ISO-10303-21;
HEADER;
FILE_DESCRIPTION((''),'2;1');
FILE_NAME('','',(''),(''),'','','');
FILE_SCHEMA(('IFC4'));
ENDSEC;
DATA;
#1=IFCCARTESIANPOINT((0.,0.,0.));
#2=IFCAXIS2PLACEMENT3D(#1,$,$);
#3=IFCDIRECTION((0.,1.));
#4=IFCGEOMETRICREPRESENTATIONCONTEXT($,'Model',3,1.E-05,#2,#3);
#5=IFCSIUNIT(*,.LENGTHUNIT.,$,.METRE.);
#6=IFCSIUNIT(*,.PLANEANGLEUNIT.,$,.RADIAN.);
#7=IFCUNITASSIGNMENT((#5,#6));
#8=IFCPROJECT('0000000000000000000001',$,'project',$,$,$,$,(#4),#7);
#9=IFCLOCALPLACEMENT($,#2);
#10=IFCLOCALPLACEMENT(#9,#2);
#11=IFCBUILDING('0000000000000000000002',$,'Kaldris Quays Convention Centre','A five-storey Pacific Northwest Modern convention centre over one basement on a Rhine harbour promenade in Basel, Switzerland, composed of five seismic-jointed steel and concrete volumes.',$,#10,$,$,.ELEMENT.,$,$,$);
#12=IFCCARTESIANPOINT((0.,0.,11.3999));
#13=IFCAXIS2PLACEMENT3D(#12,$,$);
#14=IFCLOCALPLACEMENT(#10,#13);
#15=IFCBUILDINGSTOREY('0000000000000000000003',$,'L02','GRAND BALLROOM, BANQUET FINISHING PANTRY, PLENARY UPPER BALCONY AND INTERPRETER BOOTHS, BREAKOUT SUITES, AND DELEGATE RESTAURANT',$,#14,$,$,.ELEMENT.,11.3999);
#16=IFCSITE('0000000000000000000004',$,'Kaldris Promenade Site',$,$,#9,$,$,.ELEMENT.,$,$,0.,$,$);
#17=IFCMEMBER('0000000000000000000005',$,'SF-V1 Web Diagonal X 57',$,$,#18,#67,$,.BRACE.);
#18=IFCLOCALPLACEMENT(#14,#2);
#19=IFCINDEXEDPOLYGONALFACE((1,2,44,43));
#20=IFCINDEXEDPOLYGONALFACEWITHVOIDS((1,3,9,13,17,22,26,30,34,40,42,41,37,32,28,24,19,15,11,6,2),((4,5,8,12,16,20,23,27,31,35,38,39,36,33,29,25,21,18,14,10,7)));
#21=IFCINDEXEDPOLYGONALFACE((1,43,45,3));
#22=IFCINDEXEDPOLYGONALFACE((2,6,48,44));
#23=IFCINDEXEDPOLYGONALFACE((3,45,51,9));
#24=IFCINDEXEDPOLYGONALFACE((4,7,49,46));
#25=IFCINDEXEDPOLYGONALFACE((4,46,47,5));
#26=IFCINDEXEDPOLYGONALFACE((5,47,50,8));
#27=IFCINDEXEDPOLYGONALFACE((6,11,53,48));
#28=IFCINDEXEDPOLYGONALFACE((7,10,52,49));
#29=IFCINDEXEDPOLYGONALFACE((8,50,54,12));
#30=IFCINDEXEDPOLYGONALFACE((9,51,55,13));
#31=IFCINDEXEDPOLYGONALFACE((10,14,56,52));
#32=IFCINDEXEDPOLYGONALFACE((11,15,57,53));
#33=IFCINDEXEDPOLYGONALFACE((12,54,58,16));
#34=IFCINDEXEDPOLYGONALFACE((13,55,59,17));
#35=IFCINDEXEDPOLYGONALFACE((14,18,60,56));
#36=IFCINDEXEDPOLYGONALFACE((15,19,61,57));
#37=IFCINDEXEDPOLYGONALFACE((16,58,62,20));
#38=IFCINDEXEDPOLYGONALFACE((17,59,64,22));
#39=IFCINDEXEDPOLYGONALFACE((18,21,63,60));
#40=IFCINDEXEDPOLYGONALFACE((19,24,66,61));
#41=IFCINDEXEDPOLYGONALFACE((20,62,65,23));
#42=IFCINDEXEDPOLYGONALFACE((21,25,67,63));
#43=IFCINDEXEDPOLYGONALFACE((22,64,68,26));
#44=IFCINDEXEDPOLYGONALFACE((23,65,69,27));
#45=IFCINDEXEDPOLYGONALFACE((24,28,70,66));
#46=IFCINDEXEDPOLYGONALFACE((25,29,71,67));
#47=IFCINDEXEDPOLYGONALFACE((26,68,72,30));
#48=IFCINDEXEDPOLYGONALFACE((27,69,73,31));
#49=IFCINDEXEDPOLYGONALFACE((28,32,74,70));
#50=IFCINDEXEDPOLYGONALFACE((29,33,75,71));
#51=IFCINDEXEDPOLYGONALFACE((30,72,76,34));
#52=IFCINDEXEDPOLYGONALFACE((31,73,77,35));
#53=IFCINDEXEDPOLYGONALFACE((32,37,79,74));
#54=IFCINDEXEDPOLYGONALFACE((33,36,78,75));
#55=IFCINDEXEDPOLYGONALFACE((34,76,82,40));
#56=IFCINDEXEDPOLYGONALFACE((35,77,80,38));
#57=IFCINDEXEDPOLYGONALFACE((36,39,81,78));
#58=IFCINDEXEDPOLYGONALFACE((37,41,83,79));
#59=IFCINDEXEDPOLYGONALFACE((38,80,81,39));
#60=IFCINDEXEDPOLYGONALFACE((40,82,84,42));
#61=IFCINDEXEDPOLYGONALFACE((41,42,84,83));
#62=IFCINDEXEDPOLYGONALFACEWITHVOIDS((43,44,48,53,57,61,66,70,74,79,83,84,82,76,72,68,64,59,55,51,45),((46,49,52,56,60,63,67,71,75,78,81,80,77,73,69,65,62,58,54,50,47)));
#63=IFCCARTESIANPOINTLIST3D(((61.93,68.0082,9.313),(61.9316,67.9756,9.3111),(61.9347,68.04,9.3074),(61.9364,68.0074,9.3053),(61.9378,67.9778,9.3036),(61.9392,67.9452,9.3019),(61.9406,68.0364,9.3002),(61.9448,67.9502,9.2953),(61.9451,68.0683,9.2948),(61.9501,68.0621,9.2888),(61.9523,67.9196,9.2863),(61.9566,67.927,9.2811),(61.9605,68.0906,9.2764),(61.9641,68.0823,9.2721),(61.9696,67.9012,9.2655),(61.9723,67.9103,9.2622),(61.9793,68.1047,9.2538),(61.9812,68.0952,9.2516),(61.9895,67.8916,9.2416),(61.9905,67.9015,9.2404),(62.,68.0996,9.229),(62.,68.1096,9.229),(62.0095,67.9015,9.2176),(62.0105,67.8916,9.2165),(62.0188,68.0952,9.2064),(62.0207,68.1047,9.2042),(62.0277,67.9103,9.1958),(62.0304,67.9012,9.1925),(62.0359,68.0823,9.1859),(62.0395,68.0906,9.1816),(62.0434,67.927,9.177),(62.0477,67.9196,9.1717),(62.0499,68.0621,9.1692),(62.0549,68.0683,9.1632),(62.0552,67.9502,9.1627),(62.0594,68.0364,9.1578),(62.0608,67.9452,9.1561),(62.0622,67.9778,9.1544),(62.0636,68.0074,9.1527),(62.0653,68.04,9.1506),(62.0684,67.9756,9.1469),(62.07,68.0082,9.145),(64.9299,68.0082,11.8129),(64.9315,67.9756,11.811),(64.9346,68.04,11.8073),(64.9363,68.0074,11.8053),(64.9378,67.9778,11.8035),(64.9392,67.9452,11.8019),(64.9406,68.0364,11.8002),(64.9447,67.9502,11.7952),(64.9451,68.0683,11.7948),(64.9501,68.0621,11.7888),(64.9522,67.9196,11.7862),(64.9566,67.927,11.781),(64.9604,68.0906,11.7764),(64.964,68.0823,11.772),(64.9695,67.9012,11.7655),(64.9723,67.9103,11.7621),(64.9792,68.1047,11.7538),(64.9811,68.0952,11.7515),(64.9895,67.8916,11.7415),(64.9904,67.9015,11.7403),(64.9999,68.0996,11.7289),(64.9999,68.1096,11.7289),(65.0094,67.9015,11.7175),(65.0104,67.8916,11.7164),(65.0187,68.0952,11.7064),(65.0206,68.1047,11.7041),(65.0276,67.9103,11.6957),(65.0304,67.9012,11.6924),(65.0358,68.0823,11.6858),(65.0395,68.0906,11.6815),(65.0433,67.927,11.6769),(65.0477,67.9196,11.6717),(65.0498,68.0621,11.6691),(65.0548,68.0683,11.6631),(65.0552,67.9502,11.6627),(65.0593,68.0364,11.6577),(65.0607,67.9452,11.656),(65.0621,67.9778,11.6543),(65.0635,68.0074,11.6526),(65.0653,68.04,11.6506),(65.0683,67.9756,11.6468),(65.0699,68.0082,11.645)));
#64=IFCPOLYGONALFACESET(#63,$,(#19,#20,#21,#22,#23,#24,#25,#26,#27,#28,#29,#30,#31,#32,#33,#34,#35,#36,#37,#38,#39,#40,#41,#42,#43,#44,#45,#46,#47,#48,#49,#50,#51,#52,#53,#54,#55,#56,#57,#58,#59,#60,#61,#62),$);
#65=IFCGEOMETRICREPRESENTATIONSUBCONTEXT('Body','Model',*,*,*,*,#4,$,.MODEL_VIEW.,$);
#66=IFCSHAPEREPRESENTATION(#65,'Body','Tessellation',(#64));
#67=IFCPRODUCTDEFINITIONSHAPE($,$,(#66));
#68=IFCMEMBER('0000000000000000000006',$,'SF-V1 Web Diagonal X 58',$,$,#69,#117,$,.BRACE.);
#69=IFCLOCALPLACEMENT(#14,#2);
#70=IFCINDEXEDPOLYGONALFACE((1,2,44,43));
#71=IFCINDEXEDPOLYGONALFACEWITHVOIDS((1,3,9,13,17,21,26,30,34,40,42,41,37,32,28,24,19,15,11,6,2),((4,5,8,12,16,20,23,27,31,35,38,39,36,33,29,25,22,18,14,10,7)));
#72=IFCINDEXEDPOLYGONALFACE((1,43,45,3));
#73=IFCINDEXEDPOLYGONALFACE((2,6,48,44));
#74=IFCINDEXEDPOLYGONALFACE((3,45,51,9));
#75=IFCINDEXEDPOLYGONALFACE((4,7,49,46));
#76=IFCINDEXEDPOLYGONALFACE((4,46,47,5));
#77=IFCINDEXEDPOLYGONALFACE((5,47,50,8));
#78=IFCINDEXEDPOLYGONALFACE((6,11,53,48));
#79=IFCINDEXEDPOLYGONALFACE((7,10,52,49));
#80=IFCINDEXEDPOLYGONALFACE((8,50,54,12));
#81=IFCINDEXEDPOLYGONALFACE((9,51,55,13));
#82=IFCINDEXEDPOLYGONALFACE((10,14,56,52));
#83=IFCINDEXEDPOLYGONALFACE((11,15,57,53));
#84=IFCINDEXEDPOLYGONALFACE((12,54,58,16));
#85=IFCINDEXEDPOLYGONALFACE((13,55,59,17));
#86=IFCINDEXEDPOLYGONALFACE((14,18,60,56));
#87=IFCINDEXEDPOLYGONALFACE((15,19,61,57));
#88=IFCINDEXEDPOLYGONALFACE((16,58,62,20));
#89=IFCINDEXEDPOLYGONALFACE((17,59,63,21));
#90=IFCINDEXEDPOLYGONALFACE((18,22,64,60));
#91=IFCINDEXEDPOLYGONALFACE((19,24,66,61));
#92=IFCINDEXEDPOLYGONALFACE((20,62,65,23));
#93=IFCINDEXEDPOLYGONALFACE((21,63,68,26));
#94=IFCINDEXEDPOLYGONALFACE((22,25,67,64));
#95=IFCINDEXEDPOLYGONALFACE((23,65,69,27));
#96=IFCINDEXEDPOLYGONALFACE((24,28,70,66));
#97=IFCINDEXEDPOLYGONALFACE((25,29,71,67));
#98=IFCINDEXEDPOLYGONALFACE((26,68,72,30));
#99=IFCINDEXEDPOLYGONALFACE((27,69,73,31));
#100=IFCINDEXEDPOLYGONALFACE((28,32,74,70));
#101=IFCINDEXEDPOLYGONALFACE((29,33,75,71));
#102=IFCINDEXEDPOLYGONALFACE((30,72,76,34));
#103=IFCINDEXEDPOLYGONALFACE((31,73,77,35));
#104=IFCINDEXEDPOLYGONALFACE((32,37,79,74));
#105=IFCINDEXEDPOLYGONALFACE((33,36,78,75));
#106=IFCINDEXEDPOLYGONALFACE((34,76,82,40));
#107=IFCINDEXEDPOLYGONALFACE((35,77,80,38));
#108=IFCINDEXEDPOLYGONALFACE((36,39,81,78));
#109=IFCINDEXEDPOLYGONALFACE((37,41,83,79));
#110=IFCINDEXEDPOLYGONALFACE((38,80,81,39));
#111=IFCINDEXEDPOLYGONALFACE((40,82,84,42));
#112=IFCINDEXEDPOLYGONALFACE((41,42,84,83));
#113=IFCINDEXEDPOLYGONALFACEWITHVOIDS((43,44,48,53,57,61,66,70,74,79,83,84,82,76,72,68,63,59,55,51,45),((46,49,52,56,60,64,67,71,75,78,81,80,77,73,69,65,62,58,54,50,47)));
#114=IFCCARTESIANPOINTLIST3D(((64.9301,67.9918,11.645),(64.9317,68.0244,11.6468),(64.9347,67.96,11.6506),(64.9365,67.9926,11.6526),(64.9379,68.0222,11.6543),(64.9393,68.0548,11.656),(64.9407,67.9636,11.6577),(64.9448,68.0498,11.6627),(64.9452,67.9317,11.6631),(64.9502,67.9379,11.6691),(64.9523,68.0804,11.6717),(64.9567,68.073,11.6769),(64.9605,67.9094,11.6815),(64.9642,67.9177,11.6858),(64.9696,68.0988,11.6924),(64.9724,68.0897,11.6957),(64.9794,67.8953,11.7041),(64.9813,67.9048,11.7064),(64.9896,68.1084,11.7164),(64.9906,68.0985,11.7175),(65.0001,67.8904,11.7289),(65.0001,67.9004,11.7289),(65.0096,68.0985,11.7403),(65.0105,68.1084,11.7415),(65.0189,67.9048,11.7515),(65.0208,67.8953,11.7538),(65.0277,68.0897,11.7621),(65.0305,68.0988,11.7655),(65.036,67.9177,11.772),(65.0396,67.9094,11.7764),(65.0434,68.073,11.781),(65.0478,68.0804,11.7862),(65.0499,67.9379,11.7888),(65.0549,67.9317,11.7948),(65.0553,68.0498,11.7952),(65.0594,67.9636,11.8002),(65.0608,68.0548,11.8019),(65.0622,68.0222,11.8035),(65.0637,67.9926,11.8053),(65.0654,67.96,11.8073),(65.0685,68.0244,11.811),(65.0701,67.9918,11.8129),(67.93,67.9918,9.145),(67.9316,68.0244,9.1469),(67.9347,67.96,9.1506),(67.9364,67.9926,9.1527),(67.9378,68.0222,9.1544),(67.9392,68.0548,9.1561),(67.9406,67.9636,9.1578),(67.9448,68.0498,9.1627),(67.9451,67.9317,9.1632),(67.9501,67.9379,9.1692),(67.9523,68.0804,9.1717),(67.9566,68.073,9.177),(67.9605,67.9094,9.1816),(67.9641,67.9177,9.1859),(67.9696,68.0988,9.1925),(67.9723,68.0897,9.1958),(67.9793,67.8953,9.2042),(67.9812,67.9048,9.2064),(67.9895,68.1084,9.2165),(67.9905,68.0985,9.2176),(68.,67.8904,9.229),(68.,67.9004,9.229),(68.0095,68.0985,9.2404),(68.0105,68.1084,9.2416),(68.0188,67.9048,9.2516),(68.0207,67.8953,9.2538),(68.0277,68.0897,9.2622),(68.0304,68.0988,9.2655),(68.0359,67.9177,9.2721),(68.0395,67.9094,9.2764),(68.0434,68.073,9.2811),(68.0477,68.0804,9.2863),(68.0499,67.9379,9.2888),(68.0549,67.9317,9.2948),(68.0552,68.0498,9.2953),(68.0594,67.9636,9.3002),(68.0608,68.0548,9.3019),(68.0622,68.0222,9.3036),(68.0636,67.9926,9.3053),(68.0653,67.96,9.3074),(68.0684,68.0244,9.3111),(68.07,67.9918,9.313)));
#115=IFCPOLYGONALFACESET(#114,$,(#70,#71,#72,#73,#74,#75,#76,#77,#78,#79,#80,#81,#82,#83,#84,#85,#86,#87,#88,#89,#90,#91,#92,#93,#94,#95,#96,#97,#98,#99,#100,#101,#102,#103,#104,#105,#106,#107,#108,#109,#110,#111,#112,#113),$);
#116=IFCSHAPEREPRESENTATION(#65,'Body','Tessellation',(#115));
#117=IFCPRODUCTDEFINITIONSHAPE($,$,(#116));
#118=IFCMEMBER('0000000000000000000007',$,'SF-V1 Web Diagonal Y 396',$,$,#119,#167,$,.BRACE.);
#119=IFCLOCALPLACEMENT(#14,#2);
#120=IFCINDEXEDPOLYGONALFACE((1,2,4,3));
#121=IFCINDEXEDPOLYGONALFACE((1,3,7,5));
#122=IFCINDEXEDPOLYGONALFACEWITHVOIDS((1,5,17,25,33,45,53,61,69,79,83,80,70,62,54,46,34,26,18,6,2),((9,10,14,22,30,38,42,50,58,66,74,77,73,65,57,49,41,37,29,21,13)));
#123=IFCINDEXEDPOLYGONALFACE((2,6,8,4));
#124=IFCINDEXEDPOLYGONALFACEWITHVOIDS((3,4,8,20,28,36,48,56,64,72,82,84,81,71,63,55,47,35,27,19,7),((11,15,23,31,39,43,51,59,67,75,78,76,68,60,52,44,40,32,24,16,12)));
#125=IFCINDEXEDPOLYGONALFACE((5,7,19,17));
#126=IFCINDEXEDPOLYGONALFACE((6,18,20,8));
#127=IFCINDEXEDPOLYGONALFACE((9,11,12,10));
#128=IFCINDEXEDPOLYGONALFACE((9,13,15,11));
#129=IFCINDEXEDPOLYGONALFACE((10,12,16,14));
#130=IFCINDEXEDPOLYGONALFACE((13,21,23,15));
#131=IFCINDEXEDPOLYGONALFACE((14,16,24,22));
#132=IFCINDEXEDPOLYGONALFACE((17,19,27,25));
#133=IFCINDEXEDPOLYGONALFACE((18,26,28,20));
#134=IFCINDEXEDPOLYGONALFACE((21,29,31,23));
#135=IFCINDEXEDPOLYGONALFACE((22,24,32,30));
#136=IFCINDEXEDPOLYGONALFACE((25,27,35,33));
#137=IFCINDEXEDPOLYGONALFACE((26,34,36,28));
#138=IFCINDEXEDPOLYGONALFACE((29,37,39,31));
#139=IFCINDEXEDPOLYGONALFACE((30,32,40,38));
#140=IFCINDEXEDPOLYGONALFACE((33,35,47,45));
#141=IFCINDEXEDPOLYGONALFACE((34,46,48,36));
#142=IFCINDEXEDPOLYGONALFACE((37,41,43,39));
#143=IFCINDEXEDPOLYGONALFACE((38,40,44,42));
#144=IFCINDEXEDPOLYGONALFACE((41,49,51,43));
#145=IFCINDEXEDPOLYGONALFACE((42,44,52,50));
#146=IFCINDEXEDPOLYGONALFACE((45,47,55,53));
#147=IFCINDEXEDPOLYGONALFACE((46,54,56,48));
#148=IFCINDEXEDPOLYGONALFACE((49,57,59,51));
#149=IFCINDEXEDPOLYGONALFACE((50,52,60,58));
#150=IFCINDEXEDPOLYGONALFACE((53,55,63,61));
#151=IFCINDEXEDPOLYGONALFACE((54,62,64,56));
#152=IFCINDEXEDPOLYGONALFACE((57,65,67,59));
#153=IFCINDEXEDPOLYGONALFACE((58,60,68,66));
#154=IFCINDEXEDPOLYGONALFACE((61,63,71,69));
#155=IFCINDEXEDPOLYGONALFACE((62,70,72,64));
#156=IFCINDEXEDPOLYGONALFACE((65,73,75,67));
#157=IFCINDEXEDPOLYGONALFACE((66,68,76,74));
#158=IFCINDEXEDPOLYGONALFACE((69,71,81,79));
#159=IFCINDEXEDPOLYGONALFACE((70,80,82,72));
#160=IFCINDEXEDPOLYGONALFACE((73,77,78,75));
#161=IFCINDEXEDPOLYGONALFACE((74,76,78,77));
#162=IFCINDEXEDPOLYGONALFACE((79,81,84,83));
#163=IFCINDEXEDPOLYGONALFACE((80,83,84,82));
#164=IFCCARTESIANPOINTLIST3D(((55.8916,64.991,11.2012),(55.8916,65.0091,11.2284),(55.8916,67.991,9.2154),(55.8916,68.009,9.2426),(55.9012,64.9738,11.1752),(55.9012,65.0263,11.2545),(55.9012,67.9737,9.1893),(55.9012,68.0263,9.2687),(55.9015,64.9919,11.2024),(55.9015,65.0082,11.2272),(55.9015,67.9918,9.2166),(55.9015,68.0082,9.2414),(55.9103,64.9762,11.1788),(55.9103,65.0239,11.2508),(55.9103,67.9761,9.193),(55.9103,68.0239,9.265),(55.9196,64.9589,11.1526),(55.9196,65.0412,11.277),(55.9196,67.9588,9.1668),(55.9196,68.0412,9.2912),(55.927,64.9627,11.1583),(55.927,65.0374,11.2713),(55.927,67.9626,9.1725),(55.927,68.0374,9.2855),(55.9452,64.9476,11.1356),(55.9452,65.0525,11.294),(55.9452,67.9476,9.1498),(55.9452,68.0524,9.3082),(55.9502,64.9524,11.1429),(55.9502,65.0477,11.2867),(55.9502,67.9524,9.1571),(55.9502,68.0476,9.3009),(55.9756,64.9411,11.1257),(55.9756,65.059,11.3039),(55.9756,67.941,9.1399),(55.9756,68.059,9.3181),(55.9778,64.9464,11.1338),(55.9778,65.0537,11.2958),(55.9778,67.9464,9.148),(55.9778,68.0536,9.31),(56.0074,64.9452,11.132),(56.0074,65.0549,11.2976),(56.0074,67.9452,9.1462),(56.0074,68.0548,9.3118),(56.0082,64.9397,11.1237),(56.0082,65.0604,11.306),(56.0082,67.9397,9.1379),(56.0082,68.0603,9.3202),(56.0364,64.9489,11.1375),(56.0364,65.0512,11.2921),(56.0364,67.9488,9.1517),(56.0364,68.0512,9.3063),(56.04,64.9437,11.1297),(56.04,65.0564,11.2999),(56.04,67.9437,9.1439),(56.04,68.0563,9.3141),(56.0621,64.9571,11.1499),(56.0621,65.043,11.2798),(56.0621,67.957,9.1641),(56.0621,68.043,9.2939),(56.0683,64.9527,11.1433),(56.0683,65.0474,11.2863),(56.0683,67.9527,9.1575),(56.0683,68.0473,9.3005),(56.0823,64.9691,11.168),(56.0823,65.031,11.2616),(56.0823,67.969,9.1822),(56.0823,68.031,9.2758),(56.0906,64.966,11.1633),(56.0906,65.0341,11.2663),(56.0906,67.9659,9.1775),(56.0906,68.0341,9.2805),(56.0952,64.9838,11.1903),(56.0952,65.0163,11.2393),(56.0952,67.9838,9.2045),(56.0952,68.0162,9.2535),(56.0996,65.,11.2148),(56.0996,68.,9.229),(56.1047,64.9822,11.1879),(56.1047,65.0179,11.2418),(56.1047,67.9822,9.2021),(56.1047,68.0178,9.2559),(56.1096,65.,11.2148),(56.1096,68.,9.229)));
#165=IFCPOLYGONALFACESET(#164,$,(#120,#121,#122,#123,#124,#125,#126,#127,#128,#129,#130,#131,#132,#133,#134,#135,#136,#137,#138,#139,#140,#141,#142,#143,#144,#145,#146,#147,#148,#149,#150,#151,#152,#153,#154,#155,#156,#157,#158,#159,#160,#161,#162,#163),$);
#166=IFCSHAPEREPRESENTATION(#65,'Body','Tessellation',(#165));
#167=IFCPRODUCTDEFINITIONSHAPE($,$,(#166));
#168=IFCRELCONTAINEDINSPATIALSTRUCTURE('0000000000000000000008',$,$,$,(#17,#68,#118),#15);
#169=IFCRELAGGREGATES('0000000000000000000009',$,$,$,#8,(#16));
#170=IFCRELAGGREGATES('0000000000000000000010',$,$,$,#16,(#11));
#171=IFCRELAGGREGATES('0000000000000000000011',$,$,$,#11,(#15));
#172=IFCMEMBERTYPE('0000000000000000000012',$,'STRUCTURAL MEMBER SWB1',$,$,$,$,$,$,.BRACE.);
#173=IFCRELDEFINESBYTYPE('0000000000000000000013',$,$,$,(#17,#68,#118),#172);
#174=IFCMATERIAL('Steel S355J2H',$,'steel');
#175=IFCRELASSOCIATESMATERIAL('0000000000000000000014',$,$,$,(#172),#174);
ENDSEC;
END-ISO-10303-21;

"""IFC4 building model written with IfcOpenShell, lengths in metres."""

from ifc_helpers import new_model, si_unit, direction, frame, origin, origin_2d, place, context, subcontext, project, spatial, hollow_circle, extrude, material, material_profile, profile_set, type_object, element, save


model = new_model("IFC4")

# Units and contexts
model_context = context("Model", 3, precision=1e-05, world=origin(), true_north=direction((0.0, 1.0)))
body_context = subcontext(model_context, "Body", "Model", "MODEL_VIEW")
ifc_project = project(units=[si_unit("LENGTHUNIT", "METRE"), si_unit("PLANEANGLEUNIT", "RADIAN")], contexts=[model_context])

# Site, building, storey
site_placement = place(None, origin())
site = spatial("IfcSite", under=ifc_project, at=site_placement, Name="Kaldris Promenade Site", CompositionType="ELEMENT", RefElevation=0.0)
building_placement = place(site_placement, origin())
building = spatial("IfcBuilding", under=site, at=building_placement, Name="Kaldris Quays Convention Centre", Description="A five-storey Pacific Northwest Modern convention centre over one basement on a Rhine harbour promenade in Basel, Switzerland, composed of five seismic-jointed steel and concrete volumes.", CompositionType="ELEMENT")
storey_placement = place(building_placement, frame((0.0, 0.0, 11.3999)))
storey = spatial("IfcBuildingStorey", under=building, at=storey_placement, Name="L02", Description="GRAND BALLROOM, BANQUET FINISHING PANTRY, PLENARY UPPER BALCONY AND INTERPRETER BOOTHS, BREAKOUT SUITES, AND DELEGATE RESTAURANT", CompositionType="ELEMENT", Elevation=11.3999)

# Members
ifc_material = material(Name="Steel S355J2H", Category="steel")
ifc_material_profile_1 = material_profile(ifc_material, hollow_circle(Radius=0.1096, WallThickness=0.01, at=origin_2d()), Name="CHS 219.1x10")
ifc_profile_set_1 = profile_set([ifc_material_profile_1], Name="Steel S355J2H")
member_type_1 = type_object("IfcMemberType", Name="STRUCTURAL MEMBER SWB1", PredefinedType="BRACE", material=ifc_profile_set_1)
for number, where, z_axis, x_axis, name in (
    (1, (62.0, 68.0, 9.229), (0.768221, 0.0, 0.640184), (0.0, 1.0, 0.0), "SF-V1 Web Diagonal X 57"),
    (2, (68.0, 68.0, 9.229), (-0.768221, 0.0, 0.640184), (0.0, -1.0, 0.0), "SF-V1 Web Diagonal X 58"),
):
    element("IfcMember", number, at=place(storey_placement, frame(where, z_axis=z_axis, x_axis=x_axis)), inside=storey, type_object=member_type_1, Name=name, PredefinedType="BRACE", context=body_context, shape_type="SweptSolid", body=[
        extrude(hollow_circle(Radius=0.1096, WallThickness=0.01, at=origin_2d()), origin(), (0.0, 0.0, 1.0), 3.905),
    ])
member_1_placement = place(storey_placement, frame((56.0, 68.0, 9.229), z_axis=(0.0, -0.833862, 0.551972), x_axis=(1.0, 0.0, 0.0)))
element("IfcMember", 3, at=member_1_placement, inside=storey, type_object=member_type_1, Name="SF-V1 Web Diagonal Y 396", PredefinedType="BRACE", context=body_context, shape_type="SweptSolid", body=[
    extrude(hollow_circle(Radius=0.1096, WallThickness=0.01, at=origin_2d()), origin(), (0.0, 0.0, 1.0), 3.5977),
])

save(model, "model.ifc")
